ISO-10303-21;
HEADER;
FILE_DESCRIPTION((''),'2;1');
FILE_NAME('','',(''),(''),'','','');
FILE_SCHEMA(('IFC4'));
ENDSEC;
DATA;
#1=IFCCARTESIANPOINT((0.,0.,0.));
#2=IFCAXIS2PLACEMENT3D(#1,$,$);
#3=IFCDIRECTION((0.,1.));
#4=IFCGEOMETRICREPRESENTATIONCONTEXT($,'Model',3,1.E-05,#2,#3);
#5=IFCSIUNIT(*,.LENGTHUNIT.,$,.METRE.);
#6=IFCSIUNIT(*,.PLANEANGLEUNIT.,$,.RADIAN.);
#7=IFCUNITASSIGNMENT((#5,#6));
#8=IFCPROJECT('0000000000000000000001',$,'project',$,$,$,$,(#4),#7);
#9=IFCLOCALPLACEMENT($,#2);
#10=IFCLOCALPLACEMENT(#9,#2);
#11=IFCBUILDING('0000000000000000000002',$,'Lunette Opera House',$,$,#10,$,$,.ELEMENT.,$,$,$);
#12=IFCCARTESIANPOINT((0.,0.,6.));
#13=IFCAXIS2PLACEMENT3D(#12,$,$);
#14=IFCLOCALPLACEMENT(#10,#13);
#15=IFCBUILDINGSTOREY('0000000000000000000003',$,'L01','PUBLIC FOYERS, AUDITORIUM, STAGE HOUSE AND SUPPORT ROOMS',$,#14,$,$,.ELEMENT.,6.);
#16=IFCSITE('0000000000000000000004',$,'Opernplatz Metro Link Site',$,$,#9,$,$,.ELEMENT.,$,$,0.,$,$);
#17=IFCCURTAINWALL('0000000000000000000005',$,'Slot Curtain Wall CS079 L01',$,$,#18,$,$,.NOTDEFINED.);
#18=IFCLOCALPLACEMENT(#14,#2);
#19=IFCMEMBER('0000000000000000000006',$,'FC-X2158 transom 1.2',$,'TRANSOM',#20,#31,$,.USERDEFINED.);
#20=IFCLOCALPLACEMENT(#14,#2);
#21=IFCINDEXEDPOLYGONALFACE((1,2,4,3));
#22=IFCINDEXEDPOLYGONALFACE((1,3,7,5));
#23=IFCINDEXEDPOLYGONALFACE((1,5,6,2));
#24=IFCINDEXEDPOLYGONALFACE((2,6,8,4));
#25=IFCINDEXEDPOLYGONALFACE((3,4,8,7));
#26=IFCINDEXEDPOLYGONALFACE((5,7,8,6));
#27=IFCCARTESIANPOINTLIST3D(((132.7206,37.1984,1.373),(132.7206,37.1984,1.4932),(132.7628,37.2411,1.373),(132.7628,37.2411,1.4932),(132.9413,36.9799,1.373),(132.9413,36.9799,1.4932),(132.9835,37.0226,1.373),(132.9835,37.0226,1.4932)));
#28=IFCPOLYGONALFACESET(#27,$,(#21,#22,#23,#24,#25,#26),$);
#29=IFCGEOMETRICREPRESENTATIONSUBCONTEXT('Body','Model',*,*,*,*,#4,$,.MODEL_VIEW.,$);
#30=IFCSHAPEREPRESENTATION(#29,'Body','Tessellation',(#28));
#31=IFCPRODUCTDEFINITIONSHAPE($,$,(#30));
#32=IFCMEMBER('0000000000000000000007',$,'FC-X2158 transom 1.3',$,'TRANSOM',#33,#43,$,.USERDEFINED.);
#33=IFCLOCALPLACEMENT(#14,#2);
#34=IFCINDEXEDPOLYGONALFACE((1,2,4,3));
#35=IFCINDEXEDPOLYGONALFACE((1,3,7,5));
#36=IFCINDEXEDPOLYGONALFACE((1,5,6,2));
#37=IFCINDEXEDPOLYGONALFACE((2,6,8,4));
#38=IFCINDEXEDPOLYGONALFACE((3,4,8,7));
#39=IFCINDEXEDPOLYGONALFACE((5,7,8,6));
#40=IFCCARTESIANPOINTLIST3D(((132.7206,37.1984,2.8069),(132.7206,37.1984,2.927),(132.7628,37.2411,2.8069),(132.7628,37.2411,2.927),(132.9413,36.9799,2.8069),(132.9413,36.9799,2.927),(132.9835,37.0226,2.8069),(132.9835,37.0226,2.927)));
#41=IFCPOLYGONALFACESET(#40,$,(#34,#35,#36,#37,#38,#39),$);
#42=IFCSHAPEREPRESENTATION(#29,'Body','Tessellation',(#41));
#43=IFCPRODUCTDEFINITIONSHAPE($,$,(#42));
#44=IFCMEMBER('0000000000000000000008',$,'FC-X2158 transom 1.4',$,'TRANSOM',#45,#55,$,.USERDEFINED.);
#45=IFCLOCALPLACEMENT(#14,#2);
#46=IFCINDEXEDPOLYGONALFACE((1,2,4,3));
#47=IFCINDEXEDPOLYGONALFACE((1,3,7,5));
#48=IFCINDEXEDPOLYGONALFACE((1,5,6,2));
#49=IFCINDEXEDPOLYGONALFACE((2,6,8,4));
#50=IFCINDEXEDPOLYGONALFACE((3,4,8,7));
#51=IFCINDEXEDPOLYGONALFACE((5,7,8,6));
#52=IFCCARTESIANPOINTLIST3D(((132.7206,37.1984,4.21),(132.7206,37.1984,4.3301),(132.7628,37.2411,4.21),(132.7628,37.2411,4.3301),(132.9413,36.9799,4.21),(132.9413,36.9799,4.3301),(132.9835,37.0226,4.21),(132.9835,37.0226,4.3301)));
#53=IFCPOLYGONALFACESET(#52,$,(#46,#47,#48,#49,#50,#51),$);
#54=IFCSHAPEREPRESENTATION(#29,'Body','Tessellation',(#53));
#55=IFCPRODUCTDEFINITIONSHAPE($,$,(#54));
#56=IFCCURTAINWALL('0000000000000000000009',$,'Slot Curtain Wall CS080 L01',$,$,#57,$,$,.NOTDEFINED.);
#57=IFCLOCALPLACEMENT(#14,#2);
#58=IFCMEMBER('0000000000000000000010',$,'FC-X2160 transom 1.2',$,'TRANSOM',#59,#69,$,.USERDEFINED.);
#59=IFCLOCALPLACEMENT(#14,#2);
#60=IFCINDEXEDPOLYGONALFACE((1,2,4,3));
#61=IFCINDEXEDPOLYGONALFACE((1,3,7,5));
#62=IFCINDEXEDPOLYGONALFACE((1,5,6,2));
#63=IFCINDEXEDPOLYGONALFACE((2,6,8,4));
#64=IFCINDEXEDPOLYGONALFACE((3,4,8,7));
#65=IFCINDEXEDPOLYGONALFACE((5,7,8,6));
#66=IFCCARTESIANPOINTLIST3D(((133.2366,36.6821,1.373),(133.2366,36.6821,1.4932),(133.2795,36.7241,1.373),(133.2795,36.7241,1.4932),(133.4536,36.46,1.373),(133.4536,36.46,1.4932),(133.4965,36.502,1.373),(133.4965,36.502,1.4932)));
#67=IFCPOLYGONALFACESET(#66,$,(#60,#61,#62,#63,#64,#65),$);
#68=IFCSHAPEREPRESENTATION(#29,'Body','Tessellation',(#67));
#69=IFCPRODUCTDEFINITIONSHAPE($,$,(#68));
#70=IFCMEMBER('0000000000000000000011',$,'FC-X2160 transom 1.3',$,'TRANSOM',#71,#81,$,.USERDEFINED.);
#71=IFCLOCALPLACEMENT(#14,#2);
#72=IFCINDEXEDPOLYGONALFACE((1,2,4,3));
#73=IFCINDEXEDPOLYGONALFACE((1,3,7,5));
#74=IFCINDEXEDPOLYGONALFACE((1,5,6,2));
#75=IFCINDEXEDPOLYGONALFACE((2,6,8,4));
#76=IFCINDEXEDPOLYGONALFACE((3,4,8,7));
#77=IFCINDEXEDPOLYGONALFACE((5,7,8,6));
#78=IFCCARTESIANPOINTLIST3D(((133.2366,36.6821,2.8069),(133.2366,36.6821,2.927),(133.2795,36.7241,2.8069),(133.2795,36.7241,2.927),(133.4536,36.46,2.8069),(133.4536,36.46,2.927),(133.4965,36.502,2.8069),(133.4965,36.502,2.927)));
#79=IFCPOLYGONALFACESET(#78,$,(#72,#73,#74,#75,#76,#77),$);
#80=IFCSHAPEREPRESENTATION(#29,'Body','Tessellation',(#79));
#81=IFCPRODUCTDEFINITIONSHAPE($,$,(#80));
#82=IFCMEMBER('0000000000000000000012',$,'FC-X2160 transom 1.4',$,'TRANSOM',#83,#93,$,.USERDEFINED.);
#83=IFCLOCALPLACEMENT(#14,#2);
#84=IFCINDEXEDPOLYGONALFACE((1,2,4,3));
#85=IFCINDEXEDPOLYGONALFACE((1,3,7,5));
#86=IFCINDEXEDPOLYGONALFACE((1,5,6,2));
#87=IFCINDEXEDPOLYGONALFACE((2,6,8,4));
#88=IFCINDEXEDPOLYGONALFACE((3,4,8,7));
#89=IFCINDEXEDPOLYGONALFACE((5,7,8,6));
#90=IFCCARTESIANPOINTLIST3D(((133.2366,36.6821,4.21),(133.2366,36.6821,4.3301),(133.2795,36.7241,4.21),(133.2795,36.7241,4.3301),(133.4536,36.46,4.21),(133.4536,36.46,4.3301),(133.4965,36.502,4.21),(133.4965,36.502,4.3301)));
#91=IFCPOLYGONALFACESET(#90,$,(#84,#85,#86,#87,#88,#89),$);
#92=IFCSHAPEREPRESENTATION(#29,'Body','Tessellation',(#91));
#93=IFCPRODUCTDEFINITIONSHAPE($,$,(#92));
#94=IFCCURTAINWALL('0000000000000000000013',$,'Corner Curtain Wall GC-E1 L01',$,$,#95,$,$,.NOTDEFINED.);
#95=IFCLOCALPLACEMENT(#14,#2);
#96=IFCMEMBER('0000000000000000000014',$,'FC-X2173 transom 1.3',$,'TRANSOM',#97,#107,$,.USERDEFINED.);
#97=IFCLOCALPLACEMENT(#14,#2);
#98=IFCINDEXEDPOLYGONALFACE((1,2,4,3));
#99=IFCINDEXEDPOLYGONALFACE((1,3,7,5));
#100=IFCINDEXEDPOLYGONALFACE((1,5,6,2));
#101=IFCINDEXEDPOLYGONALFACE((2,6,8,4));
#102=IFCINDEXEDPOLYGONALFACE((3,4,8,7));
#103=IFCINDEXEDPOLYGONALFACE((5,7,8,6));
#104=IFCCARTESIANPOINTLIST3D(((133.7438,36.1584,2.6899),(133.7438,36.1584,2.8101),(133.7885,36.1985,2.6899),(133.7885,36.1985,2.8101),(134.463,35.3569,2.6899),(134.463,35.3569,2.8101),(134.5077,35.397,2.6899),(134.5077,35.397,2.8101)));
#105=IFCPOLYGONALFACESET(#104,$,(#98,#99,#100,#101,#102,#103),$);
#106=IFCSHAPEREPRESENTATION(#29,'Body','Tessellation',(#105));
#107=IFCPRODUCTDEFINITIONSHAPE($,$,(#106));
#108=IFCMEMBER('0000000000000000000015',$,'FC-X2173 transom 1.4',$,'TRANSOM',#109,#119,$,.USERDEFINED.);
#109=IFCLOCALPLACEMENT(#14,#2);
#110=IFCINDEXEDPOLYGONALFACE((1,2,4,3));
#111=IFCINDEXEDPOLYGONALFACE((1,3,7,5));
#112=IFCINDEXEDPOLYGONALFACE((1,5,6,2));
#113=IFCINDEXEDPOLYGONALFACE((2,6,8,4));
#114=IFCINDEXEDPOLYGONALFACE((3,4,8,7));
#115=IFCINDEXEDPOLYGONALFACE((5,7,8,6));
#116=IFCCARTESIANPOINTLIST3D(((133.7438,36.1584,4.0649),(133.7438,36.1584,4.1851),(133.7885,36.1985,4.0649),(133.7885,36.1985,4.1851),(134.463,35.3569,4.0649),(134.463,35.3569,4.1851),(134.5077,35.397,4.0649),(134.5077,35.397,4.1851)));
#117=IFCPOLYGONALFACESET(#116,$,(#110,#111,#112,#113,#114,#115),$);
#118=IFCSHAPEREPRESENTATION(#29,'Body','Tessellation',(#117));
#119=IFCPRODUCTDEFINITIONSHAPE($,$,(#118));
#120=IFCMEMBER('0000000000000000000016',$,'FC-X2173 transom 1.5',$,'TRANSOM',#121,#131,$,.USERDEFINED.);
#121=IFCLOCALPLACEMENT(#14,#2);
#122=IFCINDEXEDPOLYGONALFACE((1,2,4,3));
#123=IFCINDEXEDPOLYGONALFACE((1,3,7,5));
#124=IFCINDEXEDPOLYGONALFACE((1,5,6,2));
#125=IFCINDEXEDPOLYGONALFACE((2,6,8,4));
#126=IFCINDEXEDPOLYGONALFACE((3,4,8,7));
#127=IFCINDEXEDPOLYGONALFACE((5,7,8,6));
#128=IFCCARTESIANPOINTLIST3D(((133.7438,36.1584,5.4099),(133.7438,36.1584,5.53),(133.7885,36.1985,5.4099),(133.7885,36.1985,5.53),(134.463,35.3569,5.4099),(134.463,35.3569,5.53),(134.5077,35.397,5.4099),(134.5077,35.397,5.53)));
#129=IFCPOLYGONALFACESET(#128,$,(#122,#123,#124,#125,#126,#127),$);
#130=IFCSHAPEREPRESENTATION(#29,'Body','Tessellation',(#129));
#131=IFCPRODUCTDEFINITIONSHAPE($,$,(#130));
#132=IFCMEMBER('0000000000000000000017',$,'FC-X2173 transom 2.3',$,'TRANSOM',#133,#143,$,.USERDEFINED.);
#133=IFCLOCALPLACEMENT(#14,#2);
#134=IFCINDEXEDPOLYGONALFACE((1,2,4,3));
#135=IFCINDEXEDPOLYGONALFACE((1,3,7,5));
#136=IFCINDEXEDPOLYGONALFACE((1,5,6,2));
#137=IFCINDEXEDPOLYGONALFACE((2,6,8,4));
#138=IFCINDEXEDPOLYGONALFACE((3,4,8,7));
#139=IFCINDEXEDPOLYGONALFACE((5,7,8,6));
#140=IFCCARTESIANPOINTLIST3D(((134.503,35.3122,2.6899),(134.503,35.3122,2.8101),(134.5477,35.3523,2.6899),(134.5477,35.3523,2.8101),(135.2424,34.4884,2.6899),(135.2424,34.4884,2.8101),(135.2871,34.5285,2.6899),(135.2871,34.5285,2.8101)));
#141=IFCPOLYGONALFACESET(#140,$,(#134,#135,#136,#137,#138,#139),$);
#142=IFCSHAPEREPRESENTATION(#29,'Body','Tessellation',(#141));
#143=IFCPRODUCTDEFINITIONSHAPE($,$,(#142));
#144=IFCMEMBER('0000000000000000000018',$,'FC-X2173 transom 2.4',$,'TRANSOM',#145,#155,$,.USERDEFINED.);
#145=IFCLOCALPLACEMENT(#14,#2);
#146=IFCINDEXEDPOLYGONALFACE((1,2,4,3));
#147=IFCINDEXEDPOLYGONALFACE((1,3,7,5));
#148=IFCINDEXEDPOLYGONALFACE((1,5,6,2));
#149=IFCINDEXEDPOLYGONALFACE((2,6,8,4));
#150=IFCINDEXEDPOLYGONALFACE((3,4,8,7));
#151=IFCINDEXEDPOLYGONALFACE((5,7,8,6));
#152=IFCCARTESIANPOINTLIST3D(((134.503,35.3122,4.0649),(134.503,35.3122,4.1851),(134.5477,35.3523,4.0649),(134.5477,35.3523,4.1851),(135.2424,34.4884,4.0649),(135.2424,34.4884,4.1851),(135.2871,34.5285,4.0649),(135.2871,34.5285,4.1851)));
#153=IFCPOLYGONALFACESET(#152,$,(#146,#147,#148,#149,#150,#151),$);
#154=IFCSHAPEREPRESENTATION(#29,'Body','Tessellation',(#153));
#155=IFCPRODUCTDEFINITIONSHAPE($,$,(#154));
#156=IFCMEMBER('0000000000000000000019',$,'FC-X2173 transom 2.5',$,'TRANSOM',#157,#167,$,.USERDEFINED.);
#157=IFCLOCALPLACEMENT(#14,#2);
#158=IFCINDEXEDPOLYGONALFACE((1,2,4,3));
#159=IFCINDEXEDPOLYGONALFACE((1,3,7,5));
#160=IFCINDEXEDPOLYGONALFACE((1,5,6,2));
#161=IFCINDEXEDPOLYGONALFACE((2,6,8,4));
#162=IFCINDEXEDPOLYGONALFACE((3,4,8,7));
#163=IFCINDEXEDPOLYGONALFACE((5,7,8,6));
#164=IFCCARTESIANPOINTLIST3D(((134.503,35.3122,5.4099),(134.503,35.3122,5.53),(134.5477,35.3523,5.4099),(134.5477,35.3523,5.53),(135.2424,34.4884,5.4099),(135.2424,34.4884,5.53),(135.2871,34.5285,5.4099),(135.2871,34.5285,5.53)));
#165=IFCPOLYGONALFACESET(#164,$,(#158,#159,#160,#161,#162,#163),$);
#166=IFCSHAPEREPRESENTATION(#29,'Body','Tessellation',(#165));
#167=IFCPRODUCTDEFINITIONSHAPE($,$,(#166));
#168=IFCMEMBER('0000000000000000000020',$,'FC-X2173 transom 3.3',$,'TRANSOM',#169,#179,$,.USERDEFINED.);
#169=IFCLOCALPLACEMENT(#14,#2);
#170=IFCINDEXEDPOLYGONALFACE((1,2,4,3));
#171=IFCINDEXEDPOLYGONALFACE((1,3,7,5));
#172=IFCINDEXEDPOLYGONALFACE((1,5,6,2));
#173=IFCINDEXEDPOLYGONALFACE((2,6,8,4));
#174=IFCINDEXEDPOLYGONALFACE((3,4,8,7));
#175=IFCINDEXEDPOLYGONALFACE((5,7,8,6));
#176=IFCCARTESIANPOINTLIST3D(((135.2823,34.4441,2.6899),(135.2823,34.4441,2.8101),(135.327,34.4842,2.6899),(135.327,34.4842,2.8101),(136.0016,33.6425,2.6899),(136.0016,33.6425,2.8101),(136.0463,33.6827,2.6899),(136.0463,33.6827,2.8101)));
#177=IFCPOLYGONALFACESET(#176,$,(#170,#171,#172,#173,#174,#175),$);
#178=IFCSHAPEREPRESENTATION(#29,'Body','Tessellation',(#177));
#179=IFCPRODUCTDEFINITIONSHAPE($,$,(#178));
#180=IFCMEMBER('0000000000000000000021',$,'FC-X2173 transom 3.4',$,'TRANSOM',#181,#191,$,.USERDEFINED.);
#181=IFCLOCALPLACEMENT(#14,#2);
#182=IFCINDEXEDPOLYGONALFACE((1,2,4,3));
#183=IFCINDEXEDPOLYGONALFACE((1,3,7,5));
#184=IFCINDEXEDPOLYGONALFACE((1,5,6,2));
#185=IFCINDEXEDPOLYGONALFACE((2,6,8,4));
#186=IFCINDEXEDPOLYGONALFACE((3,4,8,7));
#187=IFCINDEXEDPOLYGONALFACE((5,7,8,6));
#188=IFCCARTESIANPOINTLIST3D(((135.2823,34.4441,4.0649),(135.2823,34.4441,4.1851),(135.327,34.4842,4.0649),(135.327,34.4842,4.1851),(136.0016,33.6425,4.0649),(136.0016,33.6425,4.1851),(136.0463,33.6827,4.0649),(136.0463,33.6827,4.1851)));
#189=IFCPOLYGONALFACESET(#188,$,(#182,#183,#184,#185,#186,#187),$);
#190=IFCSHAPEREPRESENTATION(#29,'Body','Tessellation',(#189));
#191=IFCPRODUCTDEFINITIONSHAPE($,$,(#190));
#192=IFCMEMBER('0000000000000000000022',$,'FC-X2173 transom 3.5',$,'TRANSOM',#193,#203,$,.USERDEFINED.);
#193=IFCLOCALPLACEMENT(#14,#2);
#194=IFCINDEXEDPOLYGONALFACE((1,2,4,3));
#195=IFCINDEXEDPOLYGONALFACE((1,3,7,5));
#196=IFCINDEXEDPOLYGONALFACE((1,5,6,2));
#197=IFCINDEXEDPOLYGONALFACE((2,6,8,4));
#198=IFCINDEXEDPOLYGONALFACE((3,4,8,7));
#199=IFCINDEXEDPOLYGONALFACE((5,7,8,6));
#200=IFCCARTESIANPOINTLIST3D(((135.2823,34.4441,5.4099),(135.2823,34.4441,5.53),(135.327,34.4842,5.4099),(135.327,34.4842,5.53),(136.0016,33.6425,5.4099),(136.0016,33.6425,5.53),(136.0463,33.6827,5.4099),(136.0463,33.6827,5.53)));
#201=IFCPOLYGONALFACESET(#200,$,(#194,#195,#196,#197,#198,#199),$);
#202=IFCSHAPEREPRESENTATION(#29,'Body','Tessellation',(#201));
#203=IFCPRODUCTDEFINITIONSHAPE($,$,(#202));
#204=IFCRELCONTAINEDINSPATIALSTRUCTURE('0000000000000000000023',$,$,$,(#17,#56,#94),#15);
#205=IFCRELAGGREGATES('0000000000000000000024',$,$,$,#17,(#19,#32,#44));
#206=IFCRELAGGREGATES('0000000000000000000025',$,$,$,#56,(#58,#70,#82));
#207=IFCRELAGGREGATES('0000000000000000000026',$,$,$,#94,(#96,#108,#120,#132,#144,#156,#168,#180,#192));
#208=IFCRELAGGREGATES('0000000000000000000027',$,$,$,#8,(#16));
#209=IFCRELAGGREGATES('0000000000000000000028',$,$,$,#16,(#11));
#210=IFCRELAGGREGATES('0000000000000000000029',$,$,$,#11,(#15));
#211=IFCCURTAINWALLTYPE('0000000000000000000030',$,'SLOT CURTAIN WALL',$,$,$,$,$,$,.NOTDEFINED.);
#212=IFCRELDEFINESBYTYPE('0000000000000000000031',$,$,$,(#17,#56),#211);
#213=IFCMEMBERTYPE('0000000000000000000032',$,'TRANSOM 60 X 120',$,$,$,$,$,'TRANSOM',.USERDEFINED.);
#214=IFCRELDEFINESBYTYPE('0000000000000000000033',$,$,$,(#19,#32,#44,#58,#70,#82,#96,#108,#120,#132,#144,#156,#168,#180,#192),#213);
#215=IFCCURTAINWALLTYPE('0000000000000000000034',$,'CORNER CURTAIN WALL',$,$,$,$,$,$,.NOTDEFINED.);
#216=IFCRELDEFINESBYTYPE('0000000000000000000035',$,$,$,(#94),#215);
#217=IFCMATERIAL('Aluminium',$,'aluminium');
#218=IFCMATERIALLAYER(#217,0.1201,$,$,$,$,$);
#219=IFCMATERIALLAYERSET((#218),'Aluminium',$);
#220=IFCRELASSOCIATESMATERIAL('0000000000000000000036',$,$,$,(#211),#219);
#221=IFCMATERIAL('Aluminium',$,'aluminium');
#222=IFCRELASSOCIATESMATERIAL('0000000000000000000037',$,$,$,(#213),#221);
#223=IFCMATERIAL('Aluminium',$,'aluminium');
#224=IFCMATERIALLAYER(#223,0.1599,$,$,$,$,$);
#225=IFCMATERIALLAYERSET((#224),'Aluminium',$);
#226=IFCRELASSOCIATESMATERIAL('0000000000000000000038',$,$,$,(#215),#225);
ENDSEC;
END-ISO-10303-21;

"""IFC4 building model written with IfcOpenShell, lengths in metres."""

from ifc_helpers import new_model, si_unit, direction, frame, origin, origin_2d, place, context, subcontext, project, spatial, rectangle, extrude, material, layer, layer_set, material_profile, profile_set, type_object, element, aggregate, save


model = new_model("IFC4")

# Units and contexts
model_context = context("Model", 3, precision=1e-05, world=origin(), true_north=direction((0.0, 1.0)))
body_context = subcontext(model_context, "Body", "Model", "MODEL_VIEW")
ifc_project = project(units=[si_unit("LENGTHUNIT", "METRE"), si_unit("PLANEANGLEUNIT", "RADIAN")], contexts=[model_context])

# Site, building, storey
site_placement = place(None, origin())
site = spatial("IfcSite", under=ifc_project, at=site_placement, Name="Opernplatz Metro Link Site", CompositionType="ELEMENT", RefElevation=0.0)
building_placement = place(site_placement, origin())
building = spatial("IfcBuilding", under=site, at=building_placement, Name="Lunette Opera House", CompositionType="ELEMENT")
storey_placement = place(building_placement, frame((0.0, 0.0, 6.0)))
storey = spatial("IfcBuildingStorey", under=building, at=storey_placement, Name="L01", Description="PUBLIC FOYERS, AUDITORIUM, STAGE HOUSE AND SUPPORT ROOMS", CompositionType="ELEMENT", Elevation=6.0)

# Curtain walls, members
ifc_material_1 = material(Name="Aluminium", Category="aluminium")
ifc_layer_1 = layer(ifc_material_1, 0.1201)
ifc_layer_set_1 = layer_set([ifc_layer_1], Name="Aluminium")
curtain_wall_type_1 = type_object("IfcCurtainWallType", Name="SLOT CURTAIN WALL", PredefinedType="NOTDEFINED", material=ifc_layer_set_1)
curtain_wall_1_placement = place(storey_placement, origin())
curtain_wall_1 = element("IfcCurtainWall", 1, at=curtain_wall_1_placement, inside=storey, type_object=curtain_wall_type_1, Name="Slot Curtain Wall CS079 L01", PredefinedType="NOTDEFINED")
ifc_material_2 = material(Name="Aluminium", Category="aluminium")
ifc_material_profile = material_profile(ifc_material_2, rectangle(XDim=0.0601, YDim=0.1201, at=origin_2d()), Name="TRANSOM 60 X 120")
ifc_profile_set = profile_set([ifc_material_profile], Name="Aluminium")
member_type = type_object("IfcMemberType", Name="TRANSOM 60 X 120", ElementType="TRANSOM", PredefinedType="USERDEFINED", material=ifc_profile_set)
member_1_placement = place(storey_placement, frame((132.7417, 37.2197, 1.4331), z_axis=(0.710635, -0.70356, 0.0), x_axis=(0.70356, 0.710635, 0.0)))
member_1 = element("IfcMember", 2, at=member_1_placement, type_object=member_type, Name="FC-X2158 transom 1.2", ObjectType="TRANSOM", PredefinedType="USERDEFINED", context=body_context, shape_type="SweptSolid", body=[
    extrude(rectangle(XDim=0.0601, YDim=0.1201, at=origin_2d()), origin(), (0.0, 0.0, 1.0), 0.3105),
])
member_2_placement = place(storey_placement, frame((132.7417, 37.2197, 2.8669), z_axis=(0.710635, -0.70356, 0.0), x_axis=(0.70356, 0.710635, 0.0)))
member_2 = element("IfcMember", 3, at=member_2_placement, type_object=member_type, Name="FC-X2158 transom 1.3", ObjectType="TRANSOM", PredefinedType="USERDEFINED", context=body_context, shape_type="SweptSolid", body=[
    extrude(rectangle(XDim=0.0601, YDim=0.1201, at=origin_2d()), origin(), (0.0, 0.0, 1.0), 0.3105),
])
member_3_placement = place(storey_placement, frame((132.7417, 37.2197, 4.27), z_axis=(0.710635, -0.70356, 0.0), x_axis=(0.70356, 0.710635, 0.0)))
member_3 = element("IfcMember", 4, at=member_3_placement, type_object=member_type, Name="FC-X2158 transom 1.4", ObjectType="TRANSOM", PredefinedType="USERDEFINED", context=body_context, shape_type="SweptSolid", body=[
    extrude(rectangle(XDim=0.0601, YDim=0.1201, at=origin_2d()), origin(), (0.0, 0.0, 1.0), 0.3105),
])
curtain_wall_2_placement = place(storey_placement, origin())
curtain_wall_2 = element("IfcCurtainWall", 5, at=curtain_wall_2_placement, inside=storey, type_object=curtain_wall_type_1, Name="Slot Curtain Wall CS080 L01", PredefinedType="NOTDEFINED")
member_4_placement = place(storey_placement, frame((133.2581, 36.7031, 1.4331), z_axis=(0.698805, -0.715312, 0.0), x_axis=(0.715312, 0.698805, 0.0)))
member_4 = element("IfcMember", 6, at=member_4_placement, type_object=member_type, Name="FC-X2160 transom 1.2", ObjectType="TRANSOM", PredefinedType="USERDEFINED", context=body_context, shape_type="SweptSolid", body=[
    extrude(rectangle(XDim=0.0601, YDim=0.1201, at=origin_2d()), origin(), (0.0, 0.0, 1.0), 0.3105),
])
member_5_placement = place(storey_placement, frame((133.2581, 36.7031, 2.8669), z_axis=(0.698805, -0.715312, 0.0), x_axis=(0.715312, 0.698805, 0.0)))
member_5 = element("IfcMember", 7, at=member_5_placement, type_object=member_type, Name="FC-X2160 transom 1.3", ObjectType="TRANSOM", PredefinedType="USERDEFINED", context=body_context, shape_type="SweptSolid", body=[
    extrude(rectangle(XDim=0.0601, YDim=0.1201, at=origin_2d()), origin(), (0.0, 0.0, 1.0), 0.3105),
])
member_6_placement = place(storey_placement, frame((133.2581, 36.7031, 4.27), z_axis=(0.698805, -0.715312, 0.0), x_axis=(0.715312, 0.698805, 0.0)))
member_6 = element("IfcMember", 8, at=member_6_placement, type_object=member_type, Name="FC-X2160 transom 1.4", ObjectType="TRANSOM", PredefinedType="USERDEFINED", context=body_context, shape_type="SweptSolid", body=[
    extrude(rectangle(XDim=0.0601, YDim=0.1201, at=origin_2d()), origin(), (0.0, 0.0, 1.0), 0.3105),
])
ifc_material_3 = material(Name="Aluminium", Category="aluminium")
ifc_layer_2 = layer(ifc_material_3, 0.1599)
ifc_layer_set_2 = layer_set([ifc_layer_2], Name="Aluminium")
curtain_wall_type_2 = type_object("IfcCurtainWallType", Name="CORNER CURTAIN WALL", PredefinedType="NOTDEFINED", material=ifc_layer_set_2)
curtain_wall_3_placement = place(storey_placement, origin())
curtain_wall_3 = element("IfcCurtainWall", 9, at=curtain_wall_3_placement, inside=storey, type_object=curtain_wall_type_2, Name="Corner Curtain Wall GC-E1 L01", PredefinedType="NOTDEFINED")
member_7_placement = place(storey_placement, frame((133.7661, 36.1785, 2.75), z_axis=(0.667874, -0.744274, 0.0), x_axis=(0.744274, 0.667874, 0.0)))
member_7 = element("IfcMember", 10, at=member_7_placement, type_object=member_type, Name="FC-X2173 transom 1.3", ObjectType="TRANSOM", PredefinedType="USERDEFINED", context=body_context, shape_type="SweptSolid", body=[
    extrude(rectangle(XDim=0.0601, YDim=0.1201, at=origin_2d()), origin(), (0.0, 0.0, 1.0), 1.0769),
])
member_8_placement = place(storey_placement, frame((133.7661, 36.1785, 4.125), z_axis=(0.667874, -0.744274, 0.0), x_axis=(0.744274, 0.667874, 0.0)))
member_8 = element("IfcMember", 11, at=member_8_placement, type_object=member_type, Name="FC-X2173 transom 1.4", ObjectType="TRANSOM", PredefinedType="USERDEFINED", context=body_context, shape_type="SweptSolid", body=[
    extrude(rectangle(XDim=0.0601, YDim=0.1201, at=origin_2d()), origin(), (0.0, 0.0, 1.0), 1.0769),
])
member_9_placement = place(storey_placement, frame((133.7661, 36.1785, 5.47), z_axis=(0.667874, -0.744274, 0.0), x_axis=(0.744274, 0.667874, 0.0)))
member_9 = element("IfcMember", 12, at=member_9_placement, type_object=member_type, Name="FC-X2173 transom 1.5", ObjectType="TRANSOM", PredefinedType="USERDEFINED", context=body_context, shape_type="SweptSolid", body=[
    extrude(rectangle(XDim=0.0601, YDim=0.1201, at=origin_2d()), origin(), (0.0, 0.0, 1.0), 1.0769),
])
member_10_placement = place(storey_placement, frame((134.5254, 35.3323, 2.75), z_axis=(0.667916, -0.744237, 0.0), x_axis=(0.744237, 0.667916, 0.0)))
member_10 = element("IfcMember", 13, at=member_10_placement, type_object=member_type, Name="FC-X2173 transom 2.3", ObjectType="TRANSOM", PredefinedType="USERDEFINED", context=body_context, shape_type="SweptSolid", body=[
    extrude(rectangle(XDim=0.0601, YDim=0.1201, at=origin_2d()), origin(), (0.0, 0.0, 1.0), 1.1069),
])
member_11_placement = place(storey_placement, frame((134.5254, 35.3323, 4.125), z_axis=(0.667916, -0.744237, 0.0), x_axis=(0.744237, 0.667916, 0.0)))
member_11 = element("IfcMember", 14, at=member_11_placement, type_object=member_type, Name="FC-X2173 transom 2.4", ObjectType="TRANSOM", PredefinedType="USERDEFINED", context=body_context, shape_type="SweptSolid", body=[
    extrude(rectangle(XDim=0.0601, YDim=0.1201, at=origin_2d()), origin(), (0.0, 0.0, 1.0), 1.1069),
])
member_12_placement = place(storey_placement, frame((134.5254, 35.3323, 5.47), z_axis=(0.667916, -0.744237, 0.0), x_axis=(0.744237, 0.667916, 0.0)))
member_12 = element("IfcMember", 15, at=member_12_placement, type_object=member_type, Name="FC-X2173 transom 2.5", ObjectType="TRANSOM", PredefinedType="USERDEFINED", context=body_context, shape_type="SweptSolid", body=[
    extrude(rectangle(XDim=0.0601, YDim=0.1201, at=origin_2d()), origin(), (0.0, 0.0, 1.0), 1.1069),
])
member_13_placement = place(storey_placement, frame((135.3047, 34.4641, 2.75), z_axis=(0.667874, -0.744274, 0.0), x_axis=(0.744274, 0.667874, 0.0)))
member_13 = element("IfcMember", 16, at=member_13_placement, type_object=member_type, Name="FC-X2173 transom 3.3", ObjectType="TRANSOM", PredefinedType="USERDEFINED", context=body_context, shape_type="SweptSolid", body=[
    extrude(rectangle(XDim=0.0601, YDim=0.1201, at=origin_2d()), origin(), (0.0, 0.0, 1.0), 1.0769),
])
member_14_placement = place(storey_placement, frame((135.3047, 34.4641, 4.125), z_axis=(0.667874, -0.744274, 0.0), x_axis=(0.744274, 0.667874, 0.0)))
member_14 = element("IfcMember", 17, at=member_14_placement, type_object=member_type, Name="FC-X2173 transom 3.4", ObjectType="TRANSOM", PredefinedType="USERDEFINED", context=body_context, shape_type="SweptSolid", body=[
    extrude(rectangle(XDim=0.0601, YDim=0.1201, at=origin_2d()), origin(), (0.0, 0.0, 1.0), 1.0769),
])
member_15_placement = place(storey_placement, frame((135.3047, 34.4641, 5.47), z_axis=(0.667874, -0.744274, 0.0), x_axis=(0.744274, 0.667874, 0.0)))
member_15 = element("IfcMember", 18, at=member_15_placement, type_object=member_type, Name="FC-X2173 transom 3.5", ObjectType="TRANSOM", PredefinedType="USERDEFINED", context=body_context, shape_type="SweptSolid", body=[
    extrude(rectangle(XDim=0.0601, YDim=0.1201, at=origin_2d()), origin(), (0.0, 0.0, 1.0), 1.0769),
])

aggregate(curtain_wall_1, [member_1, member_2, member_3])
aggregate(curtain_wall_2, [member_4, member_5, member_6])
aggregate(curtain_wall_3, [member_7, member_8, member_9, member_10, member_11, member_12, member_13, member_14, member_15])

save(model, "model.ifc")
